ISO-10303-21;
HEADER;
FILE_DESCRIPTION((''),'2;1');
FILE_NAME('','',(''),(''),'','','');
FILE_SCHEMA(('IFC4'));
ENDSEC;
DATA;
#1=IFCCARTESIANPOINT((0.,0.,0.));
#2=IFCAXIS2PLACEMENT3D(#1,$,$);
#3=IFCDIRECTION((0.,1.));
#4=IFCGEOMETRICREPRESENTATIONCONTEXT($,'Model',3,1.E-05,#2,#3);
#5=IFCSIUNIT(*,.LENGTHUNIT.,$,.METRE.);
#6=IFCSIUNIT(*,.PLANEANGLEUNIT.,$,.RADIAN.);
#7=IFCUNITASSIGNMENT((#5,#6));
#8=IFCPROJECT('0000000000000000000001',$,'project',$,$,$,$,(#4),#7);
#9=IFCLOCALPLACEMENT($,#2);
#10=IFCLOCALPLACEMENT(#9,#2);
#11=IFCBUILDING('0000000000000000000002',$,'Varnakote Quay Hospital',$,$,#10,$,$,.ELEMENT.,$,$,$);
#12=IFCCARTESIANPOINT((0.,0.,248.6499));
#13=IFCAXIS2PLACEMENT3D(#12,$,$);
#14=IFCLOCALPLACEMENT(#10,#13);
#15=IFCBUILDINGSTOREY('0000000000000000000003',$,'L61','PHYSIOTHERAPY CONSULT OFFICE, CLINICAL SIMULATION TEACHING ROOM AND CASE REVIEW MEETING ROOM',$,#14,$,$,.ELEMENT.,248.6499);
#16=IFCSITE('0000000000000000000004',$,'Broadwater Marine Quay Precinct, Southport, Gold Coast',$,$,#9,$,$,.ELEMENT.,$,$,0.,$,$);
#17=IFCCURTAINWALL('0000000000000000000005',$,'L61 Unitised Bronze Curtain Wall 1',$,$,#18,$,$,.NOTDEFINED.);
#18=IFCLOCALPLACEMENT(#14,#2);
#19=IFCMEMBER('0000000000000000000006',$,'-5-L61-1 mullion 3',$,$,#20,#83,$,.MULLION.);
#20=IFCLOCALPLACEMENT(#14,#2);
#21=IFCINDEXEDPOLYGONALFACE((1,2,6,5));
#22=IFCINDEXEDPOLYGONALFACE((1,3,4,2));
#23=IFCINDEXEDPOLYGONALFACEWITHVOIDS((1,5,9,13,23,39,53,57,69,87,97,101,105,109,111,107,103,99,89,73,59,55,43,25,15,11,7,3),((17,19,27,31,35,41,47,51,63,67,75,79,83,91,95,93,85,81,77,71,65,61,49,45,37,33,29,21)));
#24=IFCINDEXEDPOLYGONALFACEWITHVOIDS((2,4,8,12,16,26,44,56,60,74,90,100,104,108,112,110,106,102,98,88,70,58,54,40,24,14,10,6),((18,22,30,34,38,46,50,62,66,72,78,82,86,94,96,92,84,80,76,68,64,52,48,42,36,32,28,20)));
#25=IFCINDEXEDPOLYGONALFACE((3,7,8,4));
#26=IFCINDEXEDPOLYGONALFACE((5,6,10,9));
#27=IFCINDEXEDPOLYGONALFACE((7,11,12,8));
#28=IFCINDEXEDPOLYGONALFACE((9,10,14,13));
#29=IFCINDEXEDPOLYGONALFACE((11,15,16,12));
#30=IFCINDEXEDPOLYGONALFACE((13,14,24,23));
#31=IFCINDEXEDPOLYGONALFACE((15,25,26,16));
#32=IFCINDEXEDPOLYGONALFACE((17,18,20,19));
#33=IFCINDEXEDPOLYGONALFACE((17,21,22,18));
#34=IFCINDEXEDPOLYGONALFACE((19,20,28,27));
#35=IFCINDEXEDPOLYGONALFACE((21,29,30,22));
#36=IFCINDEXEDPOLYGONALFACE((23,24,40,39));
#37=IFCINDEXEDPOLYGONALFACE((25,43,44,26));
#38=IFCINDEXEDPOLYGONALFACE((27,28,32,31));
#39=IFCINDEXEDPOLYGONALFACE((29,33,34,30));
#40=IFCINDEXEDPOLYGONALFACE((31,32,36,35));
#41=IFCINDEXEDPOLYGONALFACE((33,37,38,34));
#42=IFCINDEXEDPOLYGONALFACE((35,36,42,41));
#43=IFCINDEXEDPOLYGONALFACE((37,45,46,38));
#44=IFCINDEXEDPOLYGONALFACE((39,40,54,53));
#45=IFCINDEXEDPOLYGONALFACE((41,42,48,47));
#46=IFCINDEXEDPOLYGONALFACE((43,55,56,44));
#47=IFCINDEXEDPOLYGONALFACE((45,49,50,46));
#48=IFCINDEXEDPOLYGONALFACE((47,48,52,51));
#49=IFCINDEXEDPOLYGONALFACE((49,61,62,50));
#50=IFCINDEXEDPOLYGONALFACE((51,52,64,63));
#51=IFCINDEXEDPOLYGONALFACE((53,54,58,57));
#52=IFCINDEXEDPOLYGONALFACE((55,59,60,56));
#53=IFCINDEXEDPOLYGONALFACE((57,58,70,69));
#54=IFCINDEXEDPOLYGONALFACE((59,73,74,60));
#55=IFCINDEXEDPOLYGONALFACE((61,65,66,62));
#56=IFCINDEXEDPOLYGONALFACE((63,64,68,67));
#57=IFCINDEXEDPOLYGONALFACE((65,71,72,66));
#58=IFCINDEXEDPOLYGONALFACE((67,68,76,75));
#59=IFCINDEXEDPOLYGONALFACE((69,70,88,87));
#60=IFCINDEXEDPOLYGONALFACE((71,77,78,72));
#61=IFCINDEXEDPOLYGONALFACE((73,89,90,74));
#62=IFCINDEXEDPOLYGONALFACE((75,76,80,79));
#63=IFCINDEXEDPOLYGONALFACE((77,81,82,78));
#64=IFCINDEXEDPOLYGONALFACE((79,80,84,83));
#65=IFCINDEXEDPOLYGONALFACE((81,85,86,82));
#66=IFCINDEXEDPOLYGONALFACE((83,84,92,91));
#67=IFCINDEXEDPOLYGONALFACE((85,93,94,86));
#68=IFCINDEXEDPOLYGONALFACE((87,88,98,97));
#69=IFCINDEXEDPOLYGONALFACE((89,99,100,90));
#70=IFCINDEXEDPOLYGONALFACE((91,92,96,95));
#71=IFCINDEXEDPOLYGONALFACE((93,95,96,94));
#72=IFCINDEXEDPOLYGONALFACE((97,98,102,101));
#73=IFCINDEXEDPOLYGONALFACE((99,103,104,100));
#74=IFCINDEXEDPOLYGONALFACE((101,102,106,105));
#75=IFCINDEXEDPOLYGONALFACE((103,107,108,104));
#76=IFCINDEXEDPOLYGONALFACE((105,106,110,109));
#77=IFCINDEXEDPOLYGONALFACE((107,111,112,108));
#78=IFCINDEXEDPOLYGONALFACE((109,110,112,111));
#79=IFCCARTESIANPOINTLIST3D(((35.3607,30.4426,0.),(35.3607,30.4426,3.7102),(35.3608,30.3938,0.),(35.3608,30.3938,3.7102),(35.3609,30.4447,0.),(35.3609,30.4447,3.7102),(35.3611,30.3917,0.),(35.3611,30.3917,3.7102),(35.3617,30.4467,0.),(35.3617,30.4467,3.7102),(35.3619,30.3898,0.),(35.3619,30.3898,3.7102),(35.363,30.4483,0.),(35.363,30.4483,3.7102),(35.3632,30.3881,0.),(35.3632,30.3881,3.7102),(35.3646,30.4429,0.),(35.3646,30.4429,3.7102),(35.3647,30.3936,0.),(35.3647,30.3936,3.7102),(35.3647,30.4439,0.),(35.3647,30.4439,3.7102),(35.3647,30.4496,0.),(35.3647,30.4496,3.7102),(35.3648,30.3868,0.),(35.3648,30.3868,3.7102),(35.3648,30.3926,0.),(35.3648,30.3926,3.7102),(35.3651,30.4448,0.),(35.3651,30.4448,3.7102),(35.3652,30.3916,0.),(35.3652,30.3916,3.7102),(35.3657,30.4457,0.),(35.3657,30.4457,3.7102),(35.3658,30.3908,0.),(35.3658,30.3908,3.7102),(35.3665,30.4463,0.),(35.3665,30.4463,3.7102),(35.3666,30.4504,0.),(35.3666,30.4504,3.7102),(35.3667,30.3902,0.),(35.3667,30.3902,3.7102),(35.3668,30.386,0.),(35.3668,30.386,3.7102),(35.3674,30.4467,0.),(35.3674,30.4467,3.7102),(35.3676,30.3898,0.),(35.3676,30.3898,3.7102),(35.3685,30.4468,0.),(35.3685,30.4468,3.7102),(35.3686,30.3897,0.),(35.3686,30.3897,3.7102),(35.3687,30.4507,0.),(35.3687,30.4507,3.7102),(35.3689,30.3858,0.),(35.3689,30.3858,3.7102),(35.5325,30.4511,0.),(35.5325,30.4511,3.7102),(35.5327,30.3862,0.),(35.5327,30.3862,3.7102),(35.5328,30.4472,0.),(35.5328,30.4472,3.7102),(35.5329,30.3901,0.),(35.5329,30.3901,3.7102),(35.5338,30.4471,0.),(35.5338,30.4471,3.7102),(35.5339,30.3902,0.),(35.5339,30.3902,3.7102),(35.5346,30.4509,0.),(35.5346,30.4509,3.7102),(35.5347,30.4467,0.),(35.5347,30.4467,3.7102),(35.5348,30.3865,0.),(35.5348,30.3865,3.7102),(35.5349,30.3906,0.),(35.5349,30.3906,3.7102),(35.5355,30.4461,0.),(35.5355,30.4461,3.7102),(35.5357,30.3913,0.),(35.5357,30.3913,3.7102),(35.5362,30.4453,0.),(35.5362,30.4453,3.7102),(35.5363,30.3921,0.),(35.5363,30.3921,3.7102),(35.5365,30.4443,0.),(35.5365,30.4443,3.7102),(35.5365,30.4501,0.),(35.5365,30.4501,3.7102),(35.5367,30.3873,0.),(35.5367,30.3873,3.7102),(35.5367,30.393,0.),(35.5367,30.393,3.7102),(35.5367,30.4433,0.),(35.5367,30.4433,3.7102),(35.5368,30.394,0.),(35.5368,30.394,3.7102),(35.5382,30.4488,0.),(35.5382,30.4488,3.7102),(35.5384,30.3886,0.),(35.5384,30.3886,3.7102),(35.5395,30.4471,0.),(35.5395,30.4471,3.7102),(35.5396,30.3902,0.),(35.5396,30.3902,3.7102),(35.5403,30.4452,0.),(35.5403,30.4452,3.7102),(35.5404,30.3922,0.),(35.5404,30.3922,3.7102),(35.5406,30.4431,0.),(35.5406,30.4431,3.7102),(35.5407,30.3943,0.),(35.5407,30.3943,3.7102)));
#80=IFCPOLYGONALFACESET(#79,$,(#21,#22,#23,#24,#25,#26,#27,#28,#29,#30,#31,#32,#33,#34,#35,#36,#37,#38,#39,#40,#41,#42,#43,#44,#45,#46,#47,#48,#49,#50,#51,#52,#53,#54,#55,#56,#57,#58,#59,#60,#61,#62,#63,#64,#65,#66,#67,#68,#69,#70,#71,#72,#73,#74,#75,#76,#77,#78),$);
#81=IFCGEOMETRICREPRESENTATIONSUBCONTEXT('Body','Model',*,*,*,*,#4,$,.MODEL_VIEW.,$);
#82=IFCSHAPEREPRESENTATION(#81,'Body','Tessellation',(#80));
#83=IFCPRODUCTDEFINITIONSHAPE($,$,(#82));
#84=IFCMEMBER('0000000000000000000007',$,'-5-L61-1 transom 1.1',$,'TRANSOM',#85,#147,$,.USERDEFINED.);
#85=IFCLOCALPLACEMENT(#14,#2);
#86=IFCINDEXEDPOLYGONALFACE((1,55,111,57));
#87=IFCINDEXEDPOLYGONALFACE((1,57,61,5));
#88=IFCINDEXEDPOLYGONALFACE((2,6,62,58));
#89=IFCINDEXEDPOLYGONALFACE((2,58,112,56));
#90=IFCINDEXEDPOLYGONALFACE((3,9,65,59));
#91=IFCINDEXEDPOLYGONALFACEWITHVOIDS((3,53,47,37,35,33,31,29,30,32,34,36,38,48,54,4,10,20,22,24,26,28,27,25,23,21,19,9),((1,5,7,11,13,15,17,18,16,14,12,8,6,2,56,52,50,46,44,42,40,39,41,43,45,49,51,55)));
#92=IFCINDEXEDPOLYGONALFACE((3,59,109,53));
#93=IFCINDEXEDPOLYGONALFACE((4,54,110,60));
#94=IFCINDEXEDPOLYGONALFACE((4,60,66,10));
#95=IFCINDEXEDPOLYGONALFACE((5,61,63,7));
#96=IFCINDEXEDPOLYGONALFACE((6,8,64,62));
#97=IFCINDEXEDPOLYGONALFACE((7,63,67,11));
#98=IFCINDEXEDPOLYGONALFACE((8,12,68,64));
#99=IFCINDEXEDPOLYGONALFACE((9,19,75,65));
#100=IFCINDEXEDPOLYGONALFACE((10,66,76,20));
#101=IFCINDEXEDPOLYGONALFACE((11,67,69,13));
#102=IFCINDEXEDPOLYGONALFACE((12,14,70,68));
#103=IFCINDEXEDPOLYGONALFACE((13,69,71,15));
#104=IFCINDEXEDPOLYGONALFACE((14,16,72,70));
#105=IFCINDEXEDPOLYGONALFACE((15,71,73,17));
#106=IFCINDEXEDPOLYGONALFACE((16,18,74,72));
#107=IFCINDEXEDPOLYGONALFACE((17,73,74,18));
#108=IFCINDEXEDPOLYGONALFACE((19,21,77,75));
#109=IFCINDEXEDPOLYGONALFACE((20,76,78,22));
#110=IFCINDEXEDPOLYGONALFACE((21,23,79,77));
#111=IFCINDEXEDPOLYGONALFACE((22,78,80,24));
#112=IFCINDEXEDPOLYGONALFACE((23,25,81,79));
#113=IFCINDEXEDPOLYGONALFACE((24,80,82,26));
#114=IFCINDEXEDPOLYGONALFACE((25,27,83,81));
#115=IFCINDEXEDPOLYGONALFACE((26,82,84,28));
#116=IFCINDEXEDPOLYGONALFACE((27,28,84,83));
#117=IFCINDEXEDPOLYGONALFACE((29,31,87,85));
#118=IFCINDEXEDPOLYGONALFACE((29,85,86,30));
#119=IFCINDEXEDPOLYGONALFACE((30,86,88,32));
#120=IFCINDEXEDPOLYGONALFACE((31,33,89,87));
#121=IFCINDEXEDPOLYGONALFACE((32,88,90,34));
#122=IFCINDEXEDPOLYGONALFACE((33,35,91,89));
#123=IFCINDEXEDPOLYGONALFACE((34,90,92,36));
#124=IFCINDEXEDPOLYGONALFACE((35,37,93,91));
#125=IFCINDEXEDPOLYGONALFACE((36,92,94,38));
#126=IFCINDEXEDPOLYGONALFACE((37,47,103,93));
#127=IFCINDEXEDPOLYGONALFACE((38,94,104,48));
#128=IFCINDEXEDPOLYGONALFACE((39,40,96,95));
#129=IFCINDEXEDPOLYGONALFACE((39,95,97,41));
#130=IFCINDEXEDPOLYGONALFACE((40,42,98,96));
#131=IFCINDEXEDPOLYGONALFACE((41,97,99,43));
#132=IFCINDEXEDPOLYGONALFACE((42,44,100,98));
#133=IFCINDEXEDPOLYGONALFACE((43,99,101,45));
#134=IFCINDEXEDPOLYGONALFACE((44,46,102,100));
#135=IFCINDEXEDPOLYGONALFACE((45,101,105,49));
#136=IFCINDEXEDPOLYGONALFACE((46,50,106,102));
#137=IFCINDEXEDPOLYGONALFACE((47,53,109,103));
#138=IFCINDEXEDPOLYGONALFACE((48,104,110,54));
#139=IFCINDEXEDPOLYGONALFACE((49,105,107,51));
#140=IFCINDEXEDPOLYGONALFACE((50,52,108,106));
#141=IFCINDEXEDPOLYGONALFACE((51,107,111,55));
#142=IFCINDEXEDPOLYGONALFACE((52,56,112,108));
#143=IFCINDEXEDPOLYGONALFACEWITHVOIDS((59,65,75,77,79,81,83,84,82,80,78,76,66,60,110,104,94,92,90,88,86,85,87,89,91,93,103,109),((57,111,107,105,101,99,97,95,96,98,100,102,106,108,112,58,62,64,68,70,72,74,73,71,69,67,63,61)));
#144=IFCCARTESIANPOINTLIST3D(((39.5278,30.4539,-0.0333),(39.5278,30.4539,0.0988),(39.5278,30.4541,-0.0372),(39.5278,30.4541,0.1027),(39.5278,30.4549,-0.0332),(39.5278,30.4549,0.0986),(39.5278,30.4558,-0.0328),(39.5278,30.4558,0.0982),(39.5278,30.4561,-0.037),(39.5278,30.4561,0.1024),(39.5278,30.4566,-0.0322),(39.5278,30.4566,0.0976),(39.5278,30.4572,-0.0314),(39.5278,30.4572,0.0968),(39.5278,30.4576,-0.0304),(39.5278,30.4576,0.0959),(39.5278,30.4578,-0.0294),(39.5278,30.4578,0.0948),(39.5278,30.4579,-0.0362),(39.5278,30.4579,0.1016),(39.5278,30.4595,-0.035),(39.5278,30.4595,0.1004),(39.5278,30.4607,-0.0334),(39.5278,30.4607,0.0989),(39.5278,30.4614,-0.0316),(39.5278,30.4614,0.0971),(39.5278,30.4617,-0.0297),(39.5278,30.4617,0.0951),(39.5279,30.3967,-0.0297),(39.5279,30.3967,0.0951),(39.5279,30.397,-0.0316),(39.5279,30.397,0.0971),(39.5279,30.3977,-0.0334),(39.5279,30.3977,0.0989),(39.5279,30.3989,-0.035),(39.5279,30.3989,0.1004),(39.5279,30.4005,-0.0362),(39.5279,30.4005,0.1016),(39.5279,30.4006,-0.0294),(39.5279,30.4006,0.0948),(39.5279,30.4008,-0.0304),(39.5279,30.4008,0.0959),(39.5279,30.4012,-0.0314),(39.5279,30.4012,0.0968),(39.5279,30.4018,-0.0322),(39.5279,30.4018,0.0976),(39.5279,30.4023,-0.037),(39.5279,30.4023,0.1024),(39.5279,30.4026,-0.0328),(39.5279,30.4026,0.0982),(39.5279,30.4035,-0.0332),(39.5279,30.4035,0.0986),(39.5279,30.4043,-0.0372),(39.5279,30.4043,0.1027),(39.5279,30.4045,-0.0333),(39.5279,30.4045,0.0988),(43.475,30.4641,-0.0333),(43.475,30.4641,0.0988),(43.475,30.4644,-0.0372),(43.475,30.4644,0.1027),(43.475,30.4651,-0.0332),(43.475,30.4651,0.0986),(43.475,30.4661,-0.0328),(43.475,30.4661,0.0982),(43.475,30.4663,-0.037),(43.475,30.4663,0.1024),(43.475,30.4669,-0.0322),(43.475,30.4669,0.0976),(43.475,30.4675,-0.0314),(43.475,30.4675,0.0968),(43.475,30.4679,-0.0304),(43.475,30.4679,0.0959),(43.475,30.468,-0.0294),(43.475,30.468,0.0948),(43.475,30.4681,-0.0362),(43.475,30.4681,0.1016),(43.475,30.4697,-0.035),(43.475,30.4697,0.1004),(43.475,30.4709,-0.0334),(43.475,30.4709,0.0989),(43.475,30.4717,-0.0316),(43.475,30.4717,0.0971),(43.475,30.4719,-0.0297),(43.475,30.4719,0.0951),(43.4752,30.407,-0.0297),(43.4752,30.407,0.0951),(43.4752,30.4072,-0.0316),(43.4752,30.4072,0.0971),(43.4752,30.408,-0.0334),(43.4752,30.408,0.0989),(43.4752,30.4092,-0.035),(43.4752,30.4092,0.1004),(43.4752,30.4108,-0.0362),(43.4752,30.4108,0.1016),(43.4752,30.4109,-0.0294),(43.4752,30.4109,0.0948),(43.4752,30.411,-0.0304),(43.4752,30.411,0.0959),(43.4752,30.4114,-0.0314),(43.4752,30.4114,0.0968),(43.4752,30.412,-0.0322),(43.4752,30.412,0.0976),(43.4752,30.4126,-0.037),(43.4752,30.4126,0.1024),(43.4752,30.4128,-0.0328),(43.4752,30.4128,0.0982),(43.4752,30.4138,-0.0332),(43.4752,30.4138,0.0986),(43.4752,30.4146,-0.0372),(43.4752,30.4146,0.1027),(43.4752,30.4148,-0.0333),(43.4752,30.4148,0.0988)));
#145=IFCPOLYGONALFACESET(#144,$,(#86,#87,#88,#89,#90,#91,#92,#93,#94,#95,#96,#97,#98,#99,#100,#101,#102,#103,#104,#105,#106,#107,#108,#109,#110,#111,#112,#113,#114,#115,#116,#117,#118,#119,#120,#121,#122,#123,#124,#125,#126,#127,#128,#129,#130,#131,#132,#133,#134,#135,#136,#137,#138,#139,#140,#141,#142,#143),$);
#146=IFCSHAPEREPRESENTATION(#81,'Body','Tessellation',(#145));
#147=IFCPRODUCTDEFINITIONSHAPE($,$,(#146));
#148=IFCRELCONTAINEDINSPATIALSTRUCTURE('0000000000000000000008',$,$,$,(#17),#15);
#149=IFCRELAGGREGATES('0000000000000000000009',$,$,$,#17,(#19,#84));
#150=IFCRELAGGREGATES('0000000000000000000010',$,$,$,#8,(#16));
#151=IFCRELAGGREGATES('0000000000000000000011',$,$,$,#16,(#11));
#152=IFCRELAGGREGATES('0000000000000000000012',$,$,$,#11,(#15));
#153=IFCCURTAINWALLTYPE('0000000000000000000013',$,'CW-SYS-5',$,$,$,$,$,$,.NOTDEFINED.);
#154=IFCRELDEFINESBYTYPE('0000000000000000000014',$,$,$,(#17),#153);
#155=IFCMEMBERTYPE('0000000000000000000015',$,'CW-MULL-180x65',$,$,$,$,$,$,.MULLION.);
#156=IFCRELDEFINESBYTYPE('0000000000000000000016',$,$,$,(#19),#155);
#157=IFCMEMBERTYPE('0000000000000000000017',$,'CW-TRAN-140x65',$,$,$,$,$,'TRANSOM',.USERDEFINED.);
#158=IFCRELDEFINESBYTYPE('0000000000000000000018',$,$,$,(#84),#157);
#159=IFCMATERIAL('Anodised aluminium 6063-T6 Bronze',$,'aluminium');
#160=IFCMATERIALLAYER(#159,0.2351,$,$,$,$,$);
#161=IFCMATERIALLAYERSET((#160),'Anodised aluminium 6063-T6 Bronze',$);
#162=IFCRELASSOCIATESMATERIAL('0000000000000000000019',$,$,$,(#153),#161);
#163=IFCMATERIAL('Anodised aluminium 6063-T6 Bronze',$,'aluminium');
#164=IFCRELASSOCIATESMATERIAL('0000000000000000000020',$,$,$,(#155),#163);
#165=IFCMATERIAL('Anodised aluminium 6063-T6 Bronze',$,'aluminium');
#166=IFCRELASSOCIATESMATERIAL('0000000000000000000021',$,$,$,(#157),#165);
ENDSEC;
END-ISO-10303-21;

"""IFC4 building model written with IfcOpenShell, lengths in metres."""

from ifc_helpers import new_model, si_unit, direction, frame, origin, origin_2d, place, context, subcontext, project, spatial, hollow_rectangle, extrude, material, layer, layer_set, material_profile, profile_set, type_object, element, aggregate, save


model = new_model("IFC4")

# Units and contexts
model_context = context("Model", 3, precision=1e-05, world=origin(), true_north=direction((0.0, 1.0)))
body_context = subcontext(model_context, "Body", "Model", "MODEL_VIEW")
ifc_project = project(units=[si_unit("LENGTHUNIT", "METRE"), si_unit("PLANEANGLEUNIT", "RADIAN")], contexts=[model_context])

# Site, building, storey
site_placement = place(None, origin())
site = spatial("IfcSite", under=ifc_project, at=site_placement, Name="Broadwater Marine Quay Precinct, Southport, Gold Coast", CompositionType="ELEMENT", RefElevation=0.0)
building_placement = place(site_placement, origin())
building = spatial("IfcBuilding", under=site, at=building_placement, Name="Varnakote Quay Hospital", CompositionType="ELEMENT")
storey_placement = place(building_placement, frame((0.0, 0.0, 248.6499)))
storey = spatial("IfcBuildingStorey", under=building, at=storey_placement, Name="L61", Description="PHYSIOTHERAPY CONSULT OFFICE, CLINICAL SIMULATION TEACHING ROOM AND CASE REVIEW MEETING ROOM", CompositionType="ELEMENT", Elevation=248.6499)

# Curtain wall, members
ifc_material_1 = material(Name="Anodised aluminium 6063-T6 Bronze", Category="aluminium")
ifc_layer_1 = layer(ifc_material_1, 0.2351)
ifc_layer_set_1 = layer_set([ifc_layer_1], Name="Anodised aluminium 6063-T6 Bronze")
curtain_wall_type = type_object("IfcCurtainWallType", Name="CW-SYS-5", PredefinedType="NOTDEFINED", material=ifc_layer_set_1)
curtain_wall_placement = place(storey_placement, origin())
curtain_wall = element("IfcCurtainWall", 1, at=curtain_wall_placement, inside=storey, type_object=curtain_wall_type, Name="L61 Unitised Bronze Curtain Wall 1", PredefinedType="NOTDEFINED")
ifc_material_2 = material(Name="Anodised aluminium 6063-T6 Bronze", Category="aluminium")
ifc_material_profile_1 = material_profile(ifc_material_2, hollow_rectangle(XDim=0.0649, YDim=0.1799, WallThickness=0.0039, InnerFilletRadius=0.0039, OuterFilletRadius=0.0081, at=origin_2d()), Name="CW-MULL-180x65")
ifc_profile_set_1 = profile_set([ifc_material_profile_1], Name="Anodised aluminium 6063-T6 Bronze")
member_type_1 = type_object("IfcMemberType", Name="CW-MULL-180x65", PredefinedType="MULLION", material=ifc_profile_set_1)
member_1_placement = place(storey_placement, frame((35.4507, 30.4185, 0.0), z_axis=(0.0, 0.0, 1.0), x_axis=(0.002604, -0.999997, 0.0)))
member_1 = element("IfcMember", 2, at=member_1_placement, type_object=member_type_1, Name="-5-L61-1 mullion 3", PredefinedType="MULLION", context=body_context, shape_type="SweptSolid", body=[
    extrude(hollow_rectangle(XDim=0.0649, YDim=0.1799, WallThickness=0.0039, InnerFilletRadius=0.0039, OuterFilletRadius=0.0081, at=origin_2d()), origin(), (0.0, 0.0, 1.0), 3.7102),
])
ifc_material_3 = material(Name="Anodised aluminium 6063-T6 Bronze", Category="aluminium")
ifc_material_profile_2 = material_profile(ifc_material_3, hollow_rectangle(XDim=0.0649, YDim=0.1399, WallThickness=0.0039, InnerFilletRadius=0.0039, OuterFilletRadius=0.0076, at=origin_2d()), Name="CW-TRAN-140x65")
ifc_profile_set_2 = profile_set([ifc_material_profile_2], Name="Anodised aluminium 6063-T6 Bronze")
member_type_2 = type_object("IfcMemberType", Name="CW-TRAN-140x65", ElementType="TRANSOM", PredefinedType="USERDEFINED", material=ifc_profile_set_2)
member_2_placement = place(storey_placement, frame((43.4751, 30.4395, 0.0327), z_axis=(-0.999997, -0.002598, 0.0), x_axis=(0.002598, -0.999997, 0.0)))
member_2 = element("IfcMember", 3, at=member_2_placement, type_object=member_type_2, Name="-5-L61-1 transom 1.1", ObjectType="TRANSOM", PredefinedType="USERDEFINED", context=body_context, shape_type="SweptSolid", body=[
    extrude(hollow_rectangle(XDim=0.0649, YDim=0.1399, WallThickness=0.0039, InnerFilletRadius=0.0039, OuterFilletRadius=0.0076, at=origin_2d()), origin(), (0.0, 0.0, 1.0), 3.9473),
])

aggregate(curtain_wall, [member_1, member_2])

save(model, "model.ifc")
